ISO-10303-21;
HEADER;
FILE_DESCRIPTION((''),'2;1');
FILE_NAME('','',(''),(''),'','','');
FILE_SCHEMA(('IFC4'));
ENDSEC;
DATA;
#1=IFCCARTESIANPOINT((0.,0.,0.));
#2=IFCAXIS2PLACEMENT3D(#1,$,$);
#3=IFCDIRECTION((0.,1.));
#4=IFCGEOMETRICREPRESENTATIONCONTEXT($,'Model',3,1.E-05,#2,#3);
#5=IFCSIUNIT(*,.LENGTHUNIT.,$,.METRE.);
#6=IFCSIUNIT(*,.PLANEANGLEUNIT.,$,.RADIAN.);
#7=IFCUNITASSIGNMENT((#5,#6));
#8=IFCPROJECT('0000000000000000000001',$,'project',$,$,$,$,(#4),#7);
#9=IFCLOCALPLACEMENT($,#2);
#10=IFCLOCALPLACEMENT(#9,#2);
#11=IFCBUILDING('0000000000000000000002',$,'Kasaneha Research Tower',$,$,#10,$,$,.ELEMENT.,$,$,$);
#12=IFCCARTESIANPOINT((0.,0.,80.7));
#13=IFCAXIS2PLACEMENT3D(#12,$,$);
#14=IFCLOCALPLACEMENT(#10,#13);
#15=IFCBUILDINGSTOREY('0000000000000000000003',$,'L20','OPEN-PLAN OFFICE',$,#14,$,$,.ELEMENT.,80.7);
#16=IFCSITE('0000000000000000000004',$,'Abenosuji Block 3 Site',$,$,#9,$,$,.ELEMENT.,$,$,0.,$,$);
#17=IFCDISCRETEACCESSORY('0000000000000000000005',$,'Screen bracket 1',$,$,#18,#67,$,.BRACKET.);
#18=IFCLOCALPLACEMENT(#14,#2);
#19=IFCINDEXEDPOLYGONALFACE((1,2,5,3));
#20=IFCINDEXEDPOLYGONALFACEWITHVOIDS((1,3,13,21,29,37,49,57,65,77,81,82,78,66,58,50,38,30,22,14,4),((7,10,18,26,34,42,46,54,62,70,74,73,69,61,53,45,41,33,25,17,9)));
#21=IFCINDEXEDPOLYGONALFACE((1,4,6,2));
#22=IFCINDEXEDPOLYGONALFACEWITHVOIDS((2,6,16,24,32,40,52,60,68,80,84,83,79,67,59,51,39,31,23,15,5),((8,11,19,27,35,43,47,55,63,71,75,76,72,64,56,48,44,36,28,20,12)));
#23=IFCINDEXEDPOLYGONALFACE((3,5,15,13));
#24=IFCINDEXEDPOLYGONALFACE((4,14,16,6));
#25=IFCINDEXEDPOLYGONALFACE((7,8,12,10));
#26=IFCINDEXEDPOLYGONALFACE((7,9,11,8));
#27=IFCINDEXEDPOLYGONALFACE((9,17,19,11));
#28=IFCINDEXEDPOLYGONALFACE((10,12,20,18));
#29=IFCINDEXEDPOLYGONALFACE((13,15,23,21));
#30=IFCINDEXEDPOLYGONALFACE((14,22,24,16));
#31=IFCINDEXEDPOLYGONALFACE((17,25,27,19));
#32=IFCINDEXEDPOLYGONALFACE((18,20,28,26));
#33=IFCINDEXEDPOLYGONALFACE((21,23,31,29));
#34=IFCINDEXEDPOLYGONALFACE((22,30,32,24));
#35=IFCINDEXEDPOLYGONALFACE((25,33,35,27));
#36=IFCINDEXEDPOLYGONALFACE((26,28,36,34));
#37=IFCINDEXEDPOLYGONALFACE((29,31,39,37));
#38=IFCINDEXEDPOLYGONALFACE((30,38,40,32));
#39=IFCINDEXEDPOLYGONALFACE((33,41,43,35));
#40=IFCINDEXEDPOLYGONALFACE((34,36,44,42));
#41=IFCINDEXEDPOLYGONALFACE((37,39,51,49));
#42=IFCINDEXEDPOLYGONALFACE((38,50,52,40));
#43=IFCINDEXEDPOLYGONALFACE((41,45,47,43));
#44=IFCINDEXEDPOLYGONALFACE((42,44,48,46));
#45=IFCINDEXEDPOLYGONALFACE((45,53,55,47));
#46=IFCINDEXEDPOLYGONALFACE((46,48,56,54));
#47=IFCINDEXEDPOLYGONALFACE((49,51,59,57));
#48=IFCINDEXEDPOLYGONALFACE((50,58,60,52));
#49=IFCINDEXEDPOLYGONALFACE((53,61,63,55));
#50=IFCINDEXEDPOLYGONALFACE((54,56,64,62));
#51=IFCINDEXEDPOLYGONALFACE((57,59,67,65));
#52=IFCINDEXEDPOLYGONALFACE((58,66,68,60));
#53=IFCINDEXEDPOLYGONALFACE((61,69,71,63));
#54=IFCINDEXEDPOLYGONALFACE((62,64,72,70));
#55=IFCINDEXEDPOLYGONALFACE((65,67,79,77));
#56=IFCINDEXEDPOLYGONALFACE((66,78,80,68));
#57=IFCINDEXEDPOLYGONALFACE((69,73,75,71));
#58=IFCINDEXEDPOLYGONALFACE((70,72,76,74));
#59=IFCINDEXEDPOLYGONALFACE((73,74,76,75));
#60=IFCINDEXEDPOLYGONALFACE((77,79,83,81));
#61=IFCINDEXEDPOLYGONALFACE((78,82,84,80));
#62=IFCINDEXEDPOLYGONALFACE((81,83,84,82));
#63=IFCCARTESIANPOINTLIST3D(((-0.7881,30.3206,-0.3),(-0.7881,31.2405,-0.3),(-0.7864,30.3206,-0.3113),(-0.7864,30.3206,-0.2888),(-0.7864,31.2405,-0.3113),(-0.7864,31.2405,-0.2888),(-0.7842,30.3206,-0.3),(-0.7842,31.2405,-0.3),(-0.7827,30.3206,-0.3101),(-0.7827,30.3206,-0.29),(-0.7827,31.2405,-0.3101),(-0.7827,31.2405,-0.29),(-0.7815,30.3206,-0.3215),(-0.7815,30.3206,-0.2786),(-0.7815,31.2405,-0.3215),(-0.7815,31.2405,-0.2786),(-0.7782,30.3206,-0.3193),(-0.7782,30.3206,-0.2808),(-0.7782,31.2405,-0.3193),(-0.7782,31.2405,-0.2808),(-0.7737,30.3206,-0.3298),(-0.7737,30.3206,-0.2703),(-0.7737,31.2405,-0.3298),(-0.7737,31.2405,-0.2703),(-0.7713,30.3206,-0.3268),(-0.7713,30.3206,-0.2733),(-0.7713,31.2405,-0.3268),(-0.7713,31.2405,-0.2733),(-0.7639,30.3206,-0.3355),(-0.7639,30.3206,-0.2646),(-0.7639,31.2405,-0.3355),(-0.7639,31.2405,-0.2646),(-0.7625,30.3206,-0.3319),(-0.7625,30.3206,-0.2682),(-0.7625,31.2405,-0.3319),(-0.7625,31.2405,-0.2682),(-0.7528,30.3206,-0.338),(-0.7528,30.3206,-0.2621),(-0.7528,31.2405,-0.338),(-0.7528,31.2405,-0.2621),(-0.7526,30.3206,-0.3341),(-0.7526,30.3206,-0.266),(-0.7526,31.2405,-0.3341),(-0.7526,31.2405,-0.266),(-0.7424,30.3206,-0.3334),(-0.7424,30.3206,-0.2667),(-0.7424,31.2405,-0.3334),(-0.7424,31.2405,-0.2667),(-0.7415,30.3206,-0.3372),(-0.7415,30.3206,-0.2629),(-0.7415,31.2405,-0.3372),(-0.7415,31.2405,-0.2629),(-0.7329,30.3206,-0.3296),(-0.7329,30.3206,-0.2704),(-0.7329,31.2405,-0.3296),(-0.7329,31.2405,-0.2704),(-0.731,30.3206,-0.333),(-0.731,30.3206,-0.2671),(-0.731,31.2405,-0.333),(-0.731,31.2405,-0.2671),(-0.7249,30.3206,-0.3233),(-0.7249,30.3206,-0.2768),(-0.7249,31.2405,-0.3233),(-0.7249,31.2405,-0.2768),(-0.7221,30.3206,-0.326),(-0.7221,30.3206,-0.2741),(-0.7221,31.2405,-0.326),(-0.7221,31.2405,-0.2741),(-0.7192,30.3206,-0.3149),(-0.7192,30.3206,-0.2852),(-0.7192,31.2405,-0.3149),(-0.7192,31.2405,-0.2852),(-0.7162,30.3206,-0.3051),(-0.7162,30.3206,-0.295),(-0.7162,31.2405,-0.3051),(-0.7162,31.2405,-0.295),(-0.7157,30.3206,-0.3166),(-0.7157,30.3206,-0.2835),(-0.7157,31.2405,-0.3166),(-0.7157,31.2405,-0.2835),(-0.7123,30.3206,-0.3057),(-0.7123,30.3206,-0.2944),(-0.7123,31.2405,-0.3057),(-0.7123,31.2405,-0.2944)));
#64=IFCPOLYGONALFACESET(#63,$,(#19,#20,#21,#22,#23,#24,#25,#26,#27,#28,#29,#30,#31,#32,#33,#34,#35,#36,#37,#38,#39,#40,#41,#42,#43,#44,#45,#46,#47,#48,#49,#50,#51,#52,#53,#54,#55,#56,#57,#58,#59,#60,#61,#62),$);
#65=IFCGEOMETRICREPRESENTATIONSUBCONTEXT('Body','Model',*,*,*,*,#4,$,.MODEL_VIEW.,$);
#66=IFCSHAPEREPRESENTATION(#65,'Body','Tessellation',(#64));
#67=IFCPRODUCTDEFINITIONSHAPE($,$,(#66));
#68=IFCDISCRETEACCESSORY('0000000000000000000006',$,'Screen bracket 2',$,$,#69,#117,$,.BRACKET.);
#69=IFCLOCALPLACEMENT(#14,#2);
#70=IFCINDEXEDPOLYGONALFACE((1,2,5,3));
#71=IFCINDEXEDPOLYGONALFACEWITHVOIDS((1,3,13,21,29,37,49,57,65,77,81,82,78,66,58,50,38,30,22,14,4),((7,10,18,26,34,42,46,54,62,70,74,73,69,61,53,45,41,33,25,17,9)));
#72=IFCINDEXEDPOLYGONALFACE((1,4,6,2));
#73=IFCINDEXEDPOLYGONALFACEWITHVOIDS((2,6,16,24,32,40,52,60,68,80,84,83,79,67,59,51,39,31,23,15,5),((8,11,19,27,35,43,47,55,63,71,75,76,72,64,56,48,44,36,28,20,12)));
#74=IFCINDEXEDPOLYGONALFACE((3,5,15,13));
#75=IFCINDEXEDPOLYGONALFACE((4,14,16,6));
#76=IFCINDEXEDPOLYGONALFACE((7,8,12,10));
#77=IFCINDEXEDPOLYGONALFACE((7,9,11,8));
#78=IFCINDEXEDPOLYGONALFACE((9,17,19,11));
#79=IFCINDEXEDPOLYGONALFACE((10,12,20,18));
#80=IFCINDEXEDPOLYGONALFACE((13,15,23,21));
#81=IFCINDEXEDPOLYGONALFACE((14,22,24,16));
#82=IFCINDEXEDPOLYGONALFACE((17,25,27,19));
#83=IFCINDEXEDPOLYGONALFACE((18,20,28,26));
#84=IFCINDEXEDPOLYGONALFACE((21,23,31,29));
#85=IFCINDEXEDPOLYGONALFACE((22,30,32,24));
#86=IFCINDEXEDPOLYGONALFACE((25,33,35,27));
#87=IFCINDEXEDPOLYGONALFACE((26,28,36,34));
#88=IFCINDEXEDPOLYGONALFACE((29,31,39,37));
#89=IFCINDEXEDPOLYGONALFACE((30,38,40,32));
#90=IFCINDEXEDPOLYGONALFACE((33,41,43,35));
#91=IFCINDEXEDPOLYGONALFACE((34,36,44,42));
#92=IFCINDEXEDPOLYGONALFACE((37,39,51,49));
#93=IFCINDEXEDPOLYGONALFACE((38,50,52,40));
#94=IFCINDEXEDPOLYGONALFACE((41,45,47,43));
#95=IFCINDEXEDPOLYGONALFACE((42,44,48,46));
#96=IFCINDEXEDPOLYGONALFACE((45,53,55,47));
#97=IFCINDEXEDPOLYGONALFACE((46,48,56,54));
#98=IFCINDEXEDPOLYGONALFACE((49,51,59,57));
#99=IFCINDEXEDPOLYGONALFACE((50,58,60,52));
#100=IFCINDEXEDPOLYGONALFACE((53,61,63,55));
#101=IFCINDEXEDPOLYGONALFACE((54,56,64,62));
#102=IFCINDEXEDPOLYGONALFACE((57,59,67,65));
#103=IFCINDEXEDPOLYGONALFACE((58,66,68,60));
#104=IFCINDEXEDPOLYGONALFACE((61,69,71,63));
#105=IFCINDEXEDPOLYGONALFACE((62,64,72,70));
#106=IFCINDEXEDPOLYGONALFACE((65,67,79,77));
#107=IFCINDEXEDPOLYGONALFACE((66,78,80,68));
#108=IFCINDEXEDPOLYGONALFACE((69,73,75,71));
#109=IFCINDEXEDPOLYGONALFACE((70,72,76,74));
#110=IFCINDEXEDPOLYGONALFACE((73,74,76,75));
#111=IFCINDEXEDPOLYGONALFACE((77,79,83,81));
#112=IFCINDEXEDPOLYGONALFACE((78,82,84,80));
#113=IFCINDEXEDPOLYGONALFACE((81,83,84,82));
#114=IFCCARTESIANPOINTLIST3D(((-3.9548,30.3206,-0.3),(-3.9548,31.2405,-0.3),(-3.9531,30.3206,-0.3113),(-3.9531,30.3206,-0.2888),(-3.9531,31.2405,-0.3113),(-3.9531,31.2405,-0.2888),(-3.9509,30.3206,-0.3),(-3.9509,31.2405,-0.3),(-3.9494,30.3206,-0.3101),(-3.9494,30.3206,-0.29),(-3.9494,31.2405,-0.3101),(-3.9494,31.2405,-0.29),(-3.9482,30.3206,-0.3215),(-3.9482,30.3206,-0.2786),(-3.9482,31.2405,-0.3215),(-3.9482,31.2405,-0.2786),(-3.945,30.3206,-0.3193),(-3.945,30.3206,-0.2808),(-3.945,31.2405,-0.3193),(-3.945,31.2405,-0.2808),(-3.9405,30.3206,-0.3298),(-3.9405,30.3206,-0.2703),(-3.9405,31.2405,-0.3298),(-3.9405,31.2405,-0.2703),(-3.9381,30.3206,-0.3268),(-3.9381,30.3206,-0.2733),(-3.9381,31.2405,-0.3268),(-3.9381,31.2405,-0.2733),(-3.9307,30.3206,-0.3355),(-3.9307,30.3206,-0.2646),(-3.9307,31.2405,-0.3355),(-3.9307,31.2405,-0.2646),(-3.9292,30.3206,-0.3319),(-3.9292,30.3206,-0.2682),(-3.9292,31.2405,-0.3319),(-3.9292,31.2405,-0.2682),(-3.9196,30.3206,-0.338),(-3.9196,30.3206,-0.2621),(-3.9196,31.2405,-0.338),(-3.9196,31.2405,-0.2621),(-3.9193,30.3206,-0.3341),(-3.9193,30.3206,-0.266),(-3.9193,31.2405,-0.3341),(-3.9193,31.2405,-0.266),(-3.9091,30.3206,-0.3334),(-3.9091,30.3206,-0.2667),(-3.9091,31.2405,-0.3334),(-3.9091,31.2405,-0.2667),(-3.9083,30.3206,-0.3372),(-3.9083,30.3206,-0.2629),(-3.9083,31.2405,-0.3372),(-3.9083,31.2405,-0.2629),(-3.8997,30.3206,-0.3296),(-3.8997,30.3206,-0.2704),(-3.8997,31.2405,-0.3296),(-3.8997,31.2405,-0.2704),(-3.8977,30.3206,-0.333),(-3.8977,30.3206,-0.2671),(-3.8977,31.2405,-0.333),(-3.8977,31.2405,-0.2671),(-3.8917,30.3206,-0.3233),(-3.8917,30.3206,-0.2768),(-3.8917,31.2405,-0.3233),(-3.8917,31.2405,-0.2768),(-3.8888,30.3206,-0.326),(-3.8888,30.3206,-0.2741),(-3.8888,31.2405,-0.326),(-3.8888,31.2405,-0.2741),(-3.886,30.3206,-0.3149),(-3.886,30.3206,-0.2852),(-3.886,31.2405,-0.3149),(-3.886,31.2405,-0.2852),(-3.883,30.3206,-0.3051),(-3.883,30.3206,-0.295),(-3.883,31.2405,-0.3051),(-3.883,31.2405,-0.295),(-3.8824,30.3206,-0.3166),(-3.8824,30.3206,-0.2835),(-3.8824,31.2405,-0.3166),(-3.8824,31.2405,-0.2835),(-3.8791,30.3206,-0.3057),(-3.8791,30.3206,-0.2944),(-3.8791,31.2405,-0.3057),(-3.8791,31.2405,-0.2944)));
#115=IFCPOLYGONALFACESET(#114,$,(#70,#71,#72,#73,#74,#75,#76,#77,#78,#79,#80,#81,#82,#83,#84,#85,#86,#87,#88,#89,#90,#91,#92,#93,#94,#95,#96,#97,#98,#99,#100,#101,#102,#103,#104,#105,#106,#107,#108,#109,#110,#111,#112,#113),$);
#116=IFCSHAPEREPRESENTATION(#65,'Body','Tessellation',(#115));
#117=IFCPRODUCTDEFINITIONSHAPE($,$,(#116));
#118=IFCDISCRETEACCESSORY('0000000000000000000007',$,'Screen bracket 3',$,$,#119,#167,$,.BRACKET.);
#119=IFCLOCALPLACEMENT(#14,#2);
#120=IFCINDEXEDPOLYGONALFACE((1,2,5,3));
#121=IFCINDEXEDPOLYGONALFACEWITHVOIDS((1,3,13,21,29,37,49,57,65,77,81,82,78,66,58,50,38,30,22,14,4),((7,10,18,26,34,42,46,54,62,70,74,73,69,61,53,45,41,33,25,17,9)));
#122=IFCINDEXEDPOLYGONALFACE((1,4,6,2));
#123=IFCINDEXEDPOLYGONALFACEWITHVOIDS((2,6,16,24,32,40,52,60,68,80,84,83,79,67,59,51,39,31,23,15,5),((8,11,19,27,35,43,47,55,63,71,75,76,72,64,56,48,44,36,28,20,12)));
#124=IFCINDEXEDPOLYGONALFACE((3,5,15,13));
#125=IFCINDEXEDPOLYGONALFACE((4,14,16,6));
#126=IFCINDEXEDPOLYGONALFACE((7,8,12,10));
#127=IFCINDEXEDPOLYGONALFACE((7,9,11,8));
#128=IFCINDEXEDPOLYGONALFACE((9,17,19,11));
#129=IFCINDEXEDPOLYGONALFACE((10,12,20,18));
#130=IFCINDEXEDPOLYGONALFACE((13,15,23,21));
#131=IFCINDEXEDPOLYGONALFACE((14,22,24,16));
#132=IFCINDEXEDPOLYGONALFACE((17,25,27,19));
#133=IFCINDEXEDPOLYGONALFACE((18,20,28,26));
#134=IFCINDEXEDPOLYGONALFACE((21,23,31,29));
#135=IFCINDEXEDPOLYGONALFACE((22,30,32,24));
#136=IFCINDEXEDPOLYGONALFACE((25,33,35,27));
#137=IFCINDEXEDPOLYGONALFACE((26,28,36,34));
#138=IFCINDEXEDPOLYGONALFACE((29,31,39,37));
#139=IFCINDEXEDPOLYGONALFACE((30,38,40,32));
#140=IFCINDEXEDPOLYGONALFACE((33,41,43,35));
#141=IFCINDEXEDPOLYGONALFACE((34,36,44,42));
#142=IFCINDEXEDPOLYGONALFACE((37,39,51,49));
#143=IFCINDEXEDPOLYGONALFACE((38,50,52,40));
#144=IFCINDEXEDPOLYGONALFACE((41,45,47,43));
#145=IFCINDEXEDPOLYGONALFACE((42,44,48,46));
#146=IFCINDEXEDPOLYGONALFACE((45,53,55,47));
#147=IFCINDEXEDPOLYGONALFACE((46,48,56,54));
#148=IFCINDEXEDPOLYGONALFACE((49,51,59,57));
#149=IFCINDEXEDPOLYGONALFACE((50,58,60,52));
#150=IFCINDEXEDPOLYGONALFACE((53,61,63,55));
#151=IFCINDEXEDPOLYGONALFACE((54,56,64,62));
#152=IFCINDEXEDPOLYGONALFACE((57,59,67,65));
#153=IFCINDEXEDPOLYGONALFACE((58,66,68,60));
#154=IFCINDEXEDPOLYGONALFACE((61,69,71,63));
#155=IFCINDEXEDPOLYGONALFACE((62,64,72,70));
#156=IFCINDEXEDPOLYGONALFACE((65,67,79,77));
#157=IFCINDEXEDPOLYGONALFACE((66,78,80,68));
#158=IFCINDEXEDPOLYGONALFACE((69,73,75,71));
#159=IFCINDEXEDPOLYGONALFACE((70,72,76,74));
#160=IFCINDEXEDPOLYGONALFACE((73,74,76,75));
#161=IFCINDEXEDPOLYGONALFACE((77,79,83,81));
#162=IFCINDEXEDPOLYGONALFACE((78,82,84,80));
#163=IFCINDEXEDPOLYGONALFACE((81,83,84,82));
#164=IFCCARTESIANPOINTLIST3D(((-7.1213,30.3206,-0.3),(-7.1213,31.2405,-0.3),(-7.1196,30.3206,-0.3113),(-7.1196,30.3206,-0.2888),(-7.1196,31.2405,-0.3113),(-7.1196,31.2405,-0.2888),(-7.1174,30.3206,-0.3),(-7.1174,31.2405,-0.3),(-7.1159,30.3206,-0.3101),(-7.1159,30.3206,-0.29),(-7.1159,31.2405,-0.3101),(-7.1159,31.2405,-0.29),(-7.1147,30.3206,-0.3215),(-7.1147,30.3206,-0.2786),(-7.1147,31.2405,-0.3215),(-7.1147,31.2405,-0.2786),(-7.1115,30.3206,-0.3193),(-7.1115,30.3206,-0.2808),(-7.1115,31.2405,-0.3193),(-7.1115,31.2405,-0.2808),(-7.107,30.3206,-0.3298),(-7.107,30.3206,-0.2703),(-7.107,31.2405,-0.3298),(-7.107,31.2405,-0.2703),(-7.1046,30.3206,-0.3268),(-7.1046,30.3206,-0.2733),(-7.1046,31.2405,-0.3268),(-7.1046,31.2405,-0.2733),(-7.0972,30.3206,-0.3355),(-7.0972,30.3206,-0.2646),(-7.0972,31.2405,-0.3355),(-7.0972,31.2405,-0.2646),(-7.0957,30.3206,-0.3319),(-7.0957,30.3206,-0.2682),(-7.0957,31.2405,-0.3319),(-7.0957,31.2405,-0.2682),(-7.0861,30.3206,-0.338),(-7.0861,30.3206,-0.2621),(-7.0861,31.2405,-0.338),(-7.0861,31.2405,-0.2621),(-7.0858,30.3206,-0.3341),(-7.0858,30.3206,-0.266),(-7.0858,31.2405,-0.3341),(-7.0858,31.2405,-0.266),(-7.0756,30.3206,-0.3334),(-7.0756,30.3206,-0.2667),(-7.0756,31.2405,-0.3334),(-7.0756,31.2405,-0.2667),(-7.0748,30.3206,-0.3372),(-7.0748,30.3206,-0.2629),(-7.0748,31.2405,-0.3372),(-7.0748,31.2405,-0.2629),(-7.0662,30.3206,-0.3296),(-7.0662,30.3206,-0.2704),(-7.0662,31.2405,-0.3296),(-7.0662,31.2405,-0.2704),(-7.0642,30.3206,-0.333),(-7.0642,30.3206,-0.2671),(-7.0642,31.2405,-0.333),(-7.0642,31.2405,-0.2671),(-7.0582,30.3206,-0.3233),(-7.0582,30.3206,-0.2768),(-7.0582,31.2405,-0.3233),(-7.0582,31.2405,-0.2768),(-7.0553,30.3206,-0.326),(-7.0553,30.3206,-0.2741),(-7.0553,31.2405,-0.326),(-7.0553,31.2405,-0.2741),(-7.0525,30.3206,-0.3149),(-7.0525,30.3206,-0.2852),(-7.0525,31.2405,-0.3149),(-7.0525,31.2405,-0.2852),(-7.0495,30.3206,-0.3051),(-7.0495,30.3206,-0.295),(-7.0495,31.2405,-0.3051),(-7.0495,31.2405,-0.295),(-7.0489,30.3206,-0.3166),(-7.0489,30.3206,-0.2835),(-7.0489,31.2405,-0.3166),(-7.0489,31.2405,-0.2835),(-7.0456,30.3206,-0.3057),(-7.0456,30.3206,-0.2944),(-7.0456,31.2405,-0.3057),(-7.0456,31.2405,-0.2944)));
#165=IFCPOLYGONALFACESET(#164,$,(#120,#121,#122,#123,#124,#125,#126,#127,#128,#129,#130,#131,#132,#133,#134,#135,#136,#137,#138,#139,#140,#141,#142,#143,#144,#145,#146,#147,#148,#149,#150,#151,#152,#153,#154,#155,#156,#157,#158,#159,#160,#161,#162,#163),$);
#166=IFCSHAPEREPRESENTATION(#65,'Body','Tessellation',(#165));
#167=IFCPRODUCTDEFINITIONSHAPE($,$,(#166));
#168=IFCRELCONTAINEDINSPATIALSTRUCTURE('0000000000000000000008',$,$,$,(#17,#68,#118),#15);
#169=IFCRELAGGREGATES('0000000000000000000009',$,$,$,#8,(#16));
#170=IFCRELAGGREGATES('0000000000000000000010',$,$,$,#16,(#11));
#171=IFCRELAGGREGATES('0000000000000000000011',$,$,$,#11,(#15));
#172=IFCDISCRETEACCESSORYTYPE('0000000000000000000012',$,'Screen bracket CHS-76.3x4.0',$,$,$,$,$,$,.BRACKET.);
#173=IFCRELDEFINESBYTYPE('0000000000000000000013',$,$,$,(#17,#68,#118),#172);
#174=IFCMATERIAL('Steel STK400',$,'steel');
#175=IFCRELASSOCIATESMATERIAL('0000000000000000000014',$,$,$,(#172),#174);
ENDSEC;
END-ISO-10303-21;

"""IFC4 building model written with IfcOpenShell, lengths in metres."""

from ifc_helpers import new_model, si_unit, direction, frame, origin, origin_2d, place, context, subcontext, project, spatial, hollow_circle, extrude, material, material_profile, profile_set, type_object, element, save


model = new_model("IFC4")

# Units and contexts
model_context = context("Model", 3, precision=1e-05, world=origin(), true_north=direction((0.0, 1.0)))
body_context = subcontext(model_context, "Body", "Model", "MODEL_VIEW")
ifc_project = project(units=[si_unit("LENGTHUNIT", "METRE"), si_unit("PLANEANGLEUNIT", "RADIAN")], contexts=[model_context])

# Site, building, storey
site_placement = place(None, origin())
site = spatial("IfcSite", under=ifc_project, at=site_placement, Name="Abenosuji Block 3 Site", CompositionType="ELEMENT", RefElevation=0.0)
building_placement = place(site_placement, origin())
building = spatial("IfcBuilding", under=site, at=building_placement, Name="Kasaneha Research Tower", CompositionType="ELEMENT")
storey_placement = place(building_placement, frame((0.0, 0.0, 80.7)))
storey = spatial("IfcBuildingStorey", under=building, at=storey_placement, Name="L20", Description="OPEN-PLAN OFFICE", CompositionType="ELEMENT", Elevation=80.7)

# Discrete accessories
ifc_material_1 = material(Name="Steel STK400", Category="steel")
ifc_material_profile_1 = material_profile(ifc_material_1, hollow_circle(Radius=0.0381, WallThickness=0.0039, at=origin_2d()), Name="CHS-76.3x4.0")
ifc_profile_set_1 = profile_set([ifc_material_profile_1], Name="Steel STK400")
discrete_accessory_type = type_object("IfcDiscreteAccessoryType", Name="Screen bracket CHS-76.3x4.0", PredefinedType="BRACKET", material=ifc_profile_set_1)
for number, where, z_axis, x_axis, name in (
    (1, (-0.75, 30.3206, -0.3), (0.0, 1.0, 0.0), (-1.0, 0.0, 0.0), "Screen bracket 1"),
    (2, (-3.9167, 30.3206, -0.3), (0.0, 1.0, 0.0), (-1.0, 0.0, 0.0), "Screen bracket 2"),
    (3, (-7.0833, 30.3206, -0.3), (0.0, 1.0, 0.0), (-1.0, 0.0, 0.0), "Screen bracket 3"),
):
    element("IfcDiscreteAccessory", number, at=place(storey_placement, frame(where, z_axis=z_axis, x_axis=x_axis)), inside=storey, type_object=discrete_accessory_type, Name=name, PredefinedType="BRACKET", context=body_context, shape_type="SweptSolid", body=[
        extrude(hollow_circle(Radius=0.0381, WallThickness=0.0039, at=origin_2d()), origin(), (0.0, 0.0, 1.0), 0.9199),
    ])

save(model, "model.ifc")
